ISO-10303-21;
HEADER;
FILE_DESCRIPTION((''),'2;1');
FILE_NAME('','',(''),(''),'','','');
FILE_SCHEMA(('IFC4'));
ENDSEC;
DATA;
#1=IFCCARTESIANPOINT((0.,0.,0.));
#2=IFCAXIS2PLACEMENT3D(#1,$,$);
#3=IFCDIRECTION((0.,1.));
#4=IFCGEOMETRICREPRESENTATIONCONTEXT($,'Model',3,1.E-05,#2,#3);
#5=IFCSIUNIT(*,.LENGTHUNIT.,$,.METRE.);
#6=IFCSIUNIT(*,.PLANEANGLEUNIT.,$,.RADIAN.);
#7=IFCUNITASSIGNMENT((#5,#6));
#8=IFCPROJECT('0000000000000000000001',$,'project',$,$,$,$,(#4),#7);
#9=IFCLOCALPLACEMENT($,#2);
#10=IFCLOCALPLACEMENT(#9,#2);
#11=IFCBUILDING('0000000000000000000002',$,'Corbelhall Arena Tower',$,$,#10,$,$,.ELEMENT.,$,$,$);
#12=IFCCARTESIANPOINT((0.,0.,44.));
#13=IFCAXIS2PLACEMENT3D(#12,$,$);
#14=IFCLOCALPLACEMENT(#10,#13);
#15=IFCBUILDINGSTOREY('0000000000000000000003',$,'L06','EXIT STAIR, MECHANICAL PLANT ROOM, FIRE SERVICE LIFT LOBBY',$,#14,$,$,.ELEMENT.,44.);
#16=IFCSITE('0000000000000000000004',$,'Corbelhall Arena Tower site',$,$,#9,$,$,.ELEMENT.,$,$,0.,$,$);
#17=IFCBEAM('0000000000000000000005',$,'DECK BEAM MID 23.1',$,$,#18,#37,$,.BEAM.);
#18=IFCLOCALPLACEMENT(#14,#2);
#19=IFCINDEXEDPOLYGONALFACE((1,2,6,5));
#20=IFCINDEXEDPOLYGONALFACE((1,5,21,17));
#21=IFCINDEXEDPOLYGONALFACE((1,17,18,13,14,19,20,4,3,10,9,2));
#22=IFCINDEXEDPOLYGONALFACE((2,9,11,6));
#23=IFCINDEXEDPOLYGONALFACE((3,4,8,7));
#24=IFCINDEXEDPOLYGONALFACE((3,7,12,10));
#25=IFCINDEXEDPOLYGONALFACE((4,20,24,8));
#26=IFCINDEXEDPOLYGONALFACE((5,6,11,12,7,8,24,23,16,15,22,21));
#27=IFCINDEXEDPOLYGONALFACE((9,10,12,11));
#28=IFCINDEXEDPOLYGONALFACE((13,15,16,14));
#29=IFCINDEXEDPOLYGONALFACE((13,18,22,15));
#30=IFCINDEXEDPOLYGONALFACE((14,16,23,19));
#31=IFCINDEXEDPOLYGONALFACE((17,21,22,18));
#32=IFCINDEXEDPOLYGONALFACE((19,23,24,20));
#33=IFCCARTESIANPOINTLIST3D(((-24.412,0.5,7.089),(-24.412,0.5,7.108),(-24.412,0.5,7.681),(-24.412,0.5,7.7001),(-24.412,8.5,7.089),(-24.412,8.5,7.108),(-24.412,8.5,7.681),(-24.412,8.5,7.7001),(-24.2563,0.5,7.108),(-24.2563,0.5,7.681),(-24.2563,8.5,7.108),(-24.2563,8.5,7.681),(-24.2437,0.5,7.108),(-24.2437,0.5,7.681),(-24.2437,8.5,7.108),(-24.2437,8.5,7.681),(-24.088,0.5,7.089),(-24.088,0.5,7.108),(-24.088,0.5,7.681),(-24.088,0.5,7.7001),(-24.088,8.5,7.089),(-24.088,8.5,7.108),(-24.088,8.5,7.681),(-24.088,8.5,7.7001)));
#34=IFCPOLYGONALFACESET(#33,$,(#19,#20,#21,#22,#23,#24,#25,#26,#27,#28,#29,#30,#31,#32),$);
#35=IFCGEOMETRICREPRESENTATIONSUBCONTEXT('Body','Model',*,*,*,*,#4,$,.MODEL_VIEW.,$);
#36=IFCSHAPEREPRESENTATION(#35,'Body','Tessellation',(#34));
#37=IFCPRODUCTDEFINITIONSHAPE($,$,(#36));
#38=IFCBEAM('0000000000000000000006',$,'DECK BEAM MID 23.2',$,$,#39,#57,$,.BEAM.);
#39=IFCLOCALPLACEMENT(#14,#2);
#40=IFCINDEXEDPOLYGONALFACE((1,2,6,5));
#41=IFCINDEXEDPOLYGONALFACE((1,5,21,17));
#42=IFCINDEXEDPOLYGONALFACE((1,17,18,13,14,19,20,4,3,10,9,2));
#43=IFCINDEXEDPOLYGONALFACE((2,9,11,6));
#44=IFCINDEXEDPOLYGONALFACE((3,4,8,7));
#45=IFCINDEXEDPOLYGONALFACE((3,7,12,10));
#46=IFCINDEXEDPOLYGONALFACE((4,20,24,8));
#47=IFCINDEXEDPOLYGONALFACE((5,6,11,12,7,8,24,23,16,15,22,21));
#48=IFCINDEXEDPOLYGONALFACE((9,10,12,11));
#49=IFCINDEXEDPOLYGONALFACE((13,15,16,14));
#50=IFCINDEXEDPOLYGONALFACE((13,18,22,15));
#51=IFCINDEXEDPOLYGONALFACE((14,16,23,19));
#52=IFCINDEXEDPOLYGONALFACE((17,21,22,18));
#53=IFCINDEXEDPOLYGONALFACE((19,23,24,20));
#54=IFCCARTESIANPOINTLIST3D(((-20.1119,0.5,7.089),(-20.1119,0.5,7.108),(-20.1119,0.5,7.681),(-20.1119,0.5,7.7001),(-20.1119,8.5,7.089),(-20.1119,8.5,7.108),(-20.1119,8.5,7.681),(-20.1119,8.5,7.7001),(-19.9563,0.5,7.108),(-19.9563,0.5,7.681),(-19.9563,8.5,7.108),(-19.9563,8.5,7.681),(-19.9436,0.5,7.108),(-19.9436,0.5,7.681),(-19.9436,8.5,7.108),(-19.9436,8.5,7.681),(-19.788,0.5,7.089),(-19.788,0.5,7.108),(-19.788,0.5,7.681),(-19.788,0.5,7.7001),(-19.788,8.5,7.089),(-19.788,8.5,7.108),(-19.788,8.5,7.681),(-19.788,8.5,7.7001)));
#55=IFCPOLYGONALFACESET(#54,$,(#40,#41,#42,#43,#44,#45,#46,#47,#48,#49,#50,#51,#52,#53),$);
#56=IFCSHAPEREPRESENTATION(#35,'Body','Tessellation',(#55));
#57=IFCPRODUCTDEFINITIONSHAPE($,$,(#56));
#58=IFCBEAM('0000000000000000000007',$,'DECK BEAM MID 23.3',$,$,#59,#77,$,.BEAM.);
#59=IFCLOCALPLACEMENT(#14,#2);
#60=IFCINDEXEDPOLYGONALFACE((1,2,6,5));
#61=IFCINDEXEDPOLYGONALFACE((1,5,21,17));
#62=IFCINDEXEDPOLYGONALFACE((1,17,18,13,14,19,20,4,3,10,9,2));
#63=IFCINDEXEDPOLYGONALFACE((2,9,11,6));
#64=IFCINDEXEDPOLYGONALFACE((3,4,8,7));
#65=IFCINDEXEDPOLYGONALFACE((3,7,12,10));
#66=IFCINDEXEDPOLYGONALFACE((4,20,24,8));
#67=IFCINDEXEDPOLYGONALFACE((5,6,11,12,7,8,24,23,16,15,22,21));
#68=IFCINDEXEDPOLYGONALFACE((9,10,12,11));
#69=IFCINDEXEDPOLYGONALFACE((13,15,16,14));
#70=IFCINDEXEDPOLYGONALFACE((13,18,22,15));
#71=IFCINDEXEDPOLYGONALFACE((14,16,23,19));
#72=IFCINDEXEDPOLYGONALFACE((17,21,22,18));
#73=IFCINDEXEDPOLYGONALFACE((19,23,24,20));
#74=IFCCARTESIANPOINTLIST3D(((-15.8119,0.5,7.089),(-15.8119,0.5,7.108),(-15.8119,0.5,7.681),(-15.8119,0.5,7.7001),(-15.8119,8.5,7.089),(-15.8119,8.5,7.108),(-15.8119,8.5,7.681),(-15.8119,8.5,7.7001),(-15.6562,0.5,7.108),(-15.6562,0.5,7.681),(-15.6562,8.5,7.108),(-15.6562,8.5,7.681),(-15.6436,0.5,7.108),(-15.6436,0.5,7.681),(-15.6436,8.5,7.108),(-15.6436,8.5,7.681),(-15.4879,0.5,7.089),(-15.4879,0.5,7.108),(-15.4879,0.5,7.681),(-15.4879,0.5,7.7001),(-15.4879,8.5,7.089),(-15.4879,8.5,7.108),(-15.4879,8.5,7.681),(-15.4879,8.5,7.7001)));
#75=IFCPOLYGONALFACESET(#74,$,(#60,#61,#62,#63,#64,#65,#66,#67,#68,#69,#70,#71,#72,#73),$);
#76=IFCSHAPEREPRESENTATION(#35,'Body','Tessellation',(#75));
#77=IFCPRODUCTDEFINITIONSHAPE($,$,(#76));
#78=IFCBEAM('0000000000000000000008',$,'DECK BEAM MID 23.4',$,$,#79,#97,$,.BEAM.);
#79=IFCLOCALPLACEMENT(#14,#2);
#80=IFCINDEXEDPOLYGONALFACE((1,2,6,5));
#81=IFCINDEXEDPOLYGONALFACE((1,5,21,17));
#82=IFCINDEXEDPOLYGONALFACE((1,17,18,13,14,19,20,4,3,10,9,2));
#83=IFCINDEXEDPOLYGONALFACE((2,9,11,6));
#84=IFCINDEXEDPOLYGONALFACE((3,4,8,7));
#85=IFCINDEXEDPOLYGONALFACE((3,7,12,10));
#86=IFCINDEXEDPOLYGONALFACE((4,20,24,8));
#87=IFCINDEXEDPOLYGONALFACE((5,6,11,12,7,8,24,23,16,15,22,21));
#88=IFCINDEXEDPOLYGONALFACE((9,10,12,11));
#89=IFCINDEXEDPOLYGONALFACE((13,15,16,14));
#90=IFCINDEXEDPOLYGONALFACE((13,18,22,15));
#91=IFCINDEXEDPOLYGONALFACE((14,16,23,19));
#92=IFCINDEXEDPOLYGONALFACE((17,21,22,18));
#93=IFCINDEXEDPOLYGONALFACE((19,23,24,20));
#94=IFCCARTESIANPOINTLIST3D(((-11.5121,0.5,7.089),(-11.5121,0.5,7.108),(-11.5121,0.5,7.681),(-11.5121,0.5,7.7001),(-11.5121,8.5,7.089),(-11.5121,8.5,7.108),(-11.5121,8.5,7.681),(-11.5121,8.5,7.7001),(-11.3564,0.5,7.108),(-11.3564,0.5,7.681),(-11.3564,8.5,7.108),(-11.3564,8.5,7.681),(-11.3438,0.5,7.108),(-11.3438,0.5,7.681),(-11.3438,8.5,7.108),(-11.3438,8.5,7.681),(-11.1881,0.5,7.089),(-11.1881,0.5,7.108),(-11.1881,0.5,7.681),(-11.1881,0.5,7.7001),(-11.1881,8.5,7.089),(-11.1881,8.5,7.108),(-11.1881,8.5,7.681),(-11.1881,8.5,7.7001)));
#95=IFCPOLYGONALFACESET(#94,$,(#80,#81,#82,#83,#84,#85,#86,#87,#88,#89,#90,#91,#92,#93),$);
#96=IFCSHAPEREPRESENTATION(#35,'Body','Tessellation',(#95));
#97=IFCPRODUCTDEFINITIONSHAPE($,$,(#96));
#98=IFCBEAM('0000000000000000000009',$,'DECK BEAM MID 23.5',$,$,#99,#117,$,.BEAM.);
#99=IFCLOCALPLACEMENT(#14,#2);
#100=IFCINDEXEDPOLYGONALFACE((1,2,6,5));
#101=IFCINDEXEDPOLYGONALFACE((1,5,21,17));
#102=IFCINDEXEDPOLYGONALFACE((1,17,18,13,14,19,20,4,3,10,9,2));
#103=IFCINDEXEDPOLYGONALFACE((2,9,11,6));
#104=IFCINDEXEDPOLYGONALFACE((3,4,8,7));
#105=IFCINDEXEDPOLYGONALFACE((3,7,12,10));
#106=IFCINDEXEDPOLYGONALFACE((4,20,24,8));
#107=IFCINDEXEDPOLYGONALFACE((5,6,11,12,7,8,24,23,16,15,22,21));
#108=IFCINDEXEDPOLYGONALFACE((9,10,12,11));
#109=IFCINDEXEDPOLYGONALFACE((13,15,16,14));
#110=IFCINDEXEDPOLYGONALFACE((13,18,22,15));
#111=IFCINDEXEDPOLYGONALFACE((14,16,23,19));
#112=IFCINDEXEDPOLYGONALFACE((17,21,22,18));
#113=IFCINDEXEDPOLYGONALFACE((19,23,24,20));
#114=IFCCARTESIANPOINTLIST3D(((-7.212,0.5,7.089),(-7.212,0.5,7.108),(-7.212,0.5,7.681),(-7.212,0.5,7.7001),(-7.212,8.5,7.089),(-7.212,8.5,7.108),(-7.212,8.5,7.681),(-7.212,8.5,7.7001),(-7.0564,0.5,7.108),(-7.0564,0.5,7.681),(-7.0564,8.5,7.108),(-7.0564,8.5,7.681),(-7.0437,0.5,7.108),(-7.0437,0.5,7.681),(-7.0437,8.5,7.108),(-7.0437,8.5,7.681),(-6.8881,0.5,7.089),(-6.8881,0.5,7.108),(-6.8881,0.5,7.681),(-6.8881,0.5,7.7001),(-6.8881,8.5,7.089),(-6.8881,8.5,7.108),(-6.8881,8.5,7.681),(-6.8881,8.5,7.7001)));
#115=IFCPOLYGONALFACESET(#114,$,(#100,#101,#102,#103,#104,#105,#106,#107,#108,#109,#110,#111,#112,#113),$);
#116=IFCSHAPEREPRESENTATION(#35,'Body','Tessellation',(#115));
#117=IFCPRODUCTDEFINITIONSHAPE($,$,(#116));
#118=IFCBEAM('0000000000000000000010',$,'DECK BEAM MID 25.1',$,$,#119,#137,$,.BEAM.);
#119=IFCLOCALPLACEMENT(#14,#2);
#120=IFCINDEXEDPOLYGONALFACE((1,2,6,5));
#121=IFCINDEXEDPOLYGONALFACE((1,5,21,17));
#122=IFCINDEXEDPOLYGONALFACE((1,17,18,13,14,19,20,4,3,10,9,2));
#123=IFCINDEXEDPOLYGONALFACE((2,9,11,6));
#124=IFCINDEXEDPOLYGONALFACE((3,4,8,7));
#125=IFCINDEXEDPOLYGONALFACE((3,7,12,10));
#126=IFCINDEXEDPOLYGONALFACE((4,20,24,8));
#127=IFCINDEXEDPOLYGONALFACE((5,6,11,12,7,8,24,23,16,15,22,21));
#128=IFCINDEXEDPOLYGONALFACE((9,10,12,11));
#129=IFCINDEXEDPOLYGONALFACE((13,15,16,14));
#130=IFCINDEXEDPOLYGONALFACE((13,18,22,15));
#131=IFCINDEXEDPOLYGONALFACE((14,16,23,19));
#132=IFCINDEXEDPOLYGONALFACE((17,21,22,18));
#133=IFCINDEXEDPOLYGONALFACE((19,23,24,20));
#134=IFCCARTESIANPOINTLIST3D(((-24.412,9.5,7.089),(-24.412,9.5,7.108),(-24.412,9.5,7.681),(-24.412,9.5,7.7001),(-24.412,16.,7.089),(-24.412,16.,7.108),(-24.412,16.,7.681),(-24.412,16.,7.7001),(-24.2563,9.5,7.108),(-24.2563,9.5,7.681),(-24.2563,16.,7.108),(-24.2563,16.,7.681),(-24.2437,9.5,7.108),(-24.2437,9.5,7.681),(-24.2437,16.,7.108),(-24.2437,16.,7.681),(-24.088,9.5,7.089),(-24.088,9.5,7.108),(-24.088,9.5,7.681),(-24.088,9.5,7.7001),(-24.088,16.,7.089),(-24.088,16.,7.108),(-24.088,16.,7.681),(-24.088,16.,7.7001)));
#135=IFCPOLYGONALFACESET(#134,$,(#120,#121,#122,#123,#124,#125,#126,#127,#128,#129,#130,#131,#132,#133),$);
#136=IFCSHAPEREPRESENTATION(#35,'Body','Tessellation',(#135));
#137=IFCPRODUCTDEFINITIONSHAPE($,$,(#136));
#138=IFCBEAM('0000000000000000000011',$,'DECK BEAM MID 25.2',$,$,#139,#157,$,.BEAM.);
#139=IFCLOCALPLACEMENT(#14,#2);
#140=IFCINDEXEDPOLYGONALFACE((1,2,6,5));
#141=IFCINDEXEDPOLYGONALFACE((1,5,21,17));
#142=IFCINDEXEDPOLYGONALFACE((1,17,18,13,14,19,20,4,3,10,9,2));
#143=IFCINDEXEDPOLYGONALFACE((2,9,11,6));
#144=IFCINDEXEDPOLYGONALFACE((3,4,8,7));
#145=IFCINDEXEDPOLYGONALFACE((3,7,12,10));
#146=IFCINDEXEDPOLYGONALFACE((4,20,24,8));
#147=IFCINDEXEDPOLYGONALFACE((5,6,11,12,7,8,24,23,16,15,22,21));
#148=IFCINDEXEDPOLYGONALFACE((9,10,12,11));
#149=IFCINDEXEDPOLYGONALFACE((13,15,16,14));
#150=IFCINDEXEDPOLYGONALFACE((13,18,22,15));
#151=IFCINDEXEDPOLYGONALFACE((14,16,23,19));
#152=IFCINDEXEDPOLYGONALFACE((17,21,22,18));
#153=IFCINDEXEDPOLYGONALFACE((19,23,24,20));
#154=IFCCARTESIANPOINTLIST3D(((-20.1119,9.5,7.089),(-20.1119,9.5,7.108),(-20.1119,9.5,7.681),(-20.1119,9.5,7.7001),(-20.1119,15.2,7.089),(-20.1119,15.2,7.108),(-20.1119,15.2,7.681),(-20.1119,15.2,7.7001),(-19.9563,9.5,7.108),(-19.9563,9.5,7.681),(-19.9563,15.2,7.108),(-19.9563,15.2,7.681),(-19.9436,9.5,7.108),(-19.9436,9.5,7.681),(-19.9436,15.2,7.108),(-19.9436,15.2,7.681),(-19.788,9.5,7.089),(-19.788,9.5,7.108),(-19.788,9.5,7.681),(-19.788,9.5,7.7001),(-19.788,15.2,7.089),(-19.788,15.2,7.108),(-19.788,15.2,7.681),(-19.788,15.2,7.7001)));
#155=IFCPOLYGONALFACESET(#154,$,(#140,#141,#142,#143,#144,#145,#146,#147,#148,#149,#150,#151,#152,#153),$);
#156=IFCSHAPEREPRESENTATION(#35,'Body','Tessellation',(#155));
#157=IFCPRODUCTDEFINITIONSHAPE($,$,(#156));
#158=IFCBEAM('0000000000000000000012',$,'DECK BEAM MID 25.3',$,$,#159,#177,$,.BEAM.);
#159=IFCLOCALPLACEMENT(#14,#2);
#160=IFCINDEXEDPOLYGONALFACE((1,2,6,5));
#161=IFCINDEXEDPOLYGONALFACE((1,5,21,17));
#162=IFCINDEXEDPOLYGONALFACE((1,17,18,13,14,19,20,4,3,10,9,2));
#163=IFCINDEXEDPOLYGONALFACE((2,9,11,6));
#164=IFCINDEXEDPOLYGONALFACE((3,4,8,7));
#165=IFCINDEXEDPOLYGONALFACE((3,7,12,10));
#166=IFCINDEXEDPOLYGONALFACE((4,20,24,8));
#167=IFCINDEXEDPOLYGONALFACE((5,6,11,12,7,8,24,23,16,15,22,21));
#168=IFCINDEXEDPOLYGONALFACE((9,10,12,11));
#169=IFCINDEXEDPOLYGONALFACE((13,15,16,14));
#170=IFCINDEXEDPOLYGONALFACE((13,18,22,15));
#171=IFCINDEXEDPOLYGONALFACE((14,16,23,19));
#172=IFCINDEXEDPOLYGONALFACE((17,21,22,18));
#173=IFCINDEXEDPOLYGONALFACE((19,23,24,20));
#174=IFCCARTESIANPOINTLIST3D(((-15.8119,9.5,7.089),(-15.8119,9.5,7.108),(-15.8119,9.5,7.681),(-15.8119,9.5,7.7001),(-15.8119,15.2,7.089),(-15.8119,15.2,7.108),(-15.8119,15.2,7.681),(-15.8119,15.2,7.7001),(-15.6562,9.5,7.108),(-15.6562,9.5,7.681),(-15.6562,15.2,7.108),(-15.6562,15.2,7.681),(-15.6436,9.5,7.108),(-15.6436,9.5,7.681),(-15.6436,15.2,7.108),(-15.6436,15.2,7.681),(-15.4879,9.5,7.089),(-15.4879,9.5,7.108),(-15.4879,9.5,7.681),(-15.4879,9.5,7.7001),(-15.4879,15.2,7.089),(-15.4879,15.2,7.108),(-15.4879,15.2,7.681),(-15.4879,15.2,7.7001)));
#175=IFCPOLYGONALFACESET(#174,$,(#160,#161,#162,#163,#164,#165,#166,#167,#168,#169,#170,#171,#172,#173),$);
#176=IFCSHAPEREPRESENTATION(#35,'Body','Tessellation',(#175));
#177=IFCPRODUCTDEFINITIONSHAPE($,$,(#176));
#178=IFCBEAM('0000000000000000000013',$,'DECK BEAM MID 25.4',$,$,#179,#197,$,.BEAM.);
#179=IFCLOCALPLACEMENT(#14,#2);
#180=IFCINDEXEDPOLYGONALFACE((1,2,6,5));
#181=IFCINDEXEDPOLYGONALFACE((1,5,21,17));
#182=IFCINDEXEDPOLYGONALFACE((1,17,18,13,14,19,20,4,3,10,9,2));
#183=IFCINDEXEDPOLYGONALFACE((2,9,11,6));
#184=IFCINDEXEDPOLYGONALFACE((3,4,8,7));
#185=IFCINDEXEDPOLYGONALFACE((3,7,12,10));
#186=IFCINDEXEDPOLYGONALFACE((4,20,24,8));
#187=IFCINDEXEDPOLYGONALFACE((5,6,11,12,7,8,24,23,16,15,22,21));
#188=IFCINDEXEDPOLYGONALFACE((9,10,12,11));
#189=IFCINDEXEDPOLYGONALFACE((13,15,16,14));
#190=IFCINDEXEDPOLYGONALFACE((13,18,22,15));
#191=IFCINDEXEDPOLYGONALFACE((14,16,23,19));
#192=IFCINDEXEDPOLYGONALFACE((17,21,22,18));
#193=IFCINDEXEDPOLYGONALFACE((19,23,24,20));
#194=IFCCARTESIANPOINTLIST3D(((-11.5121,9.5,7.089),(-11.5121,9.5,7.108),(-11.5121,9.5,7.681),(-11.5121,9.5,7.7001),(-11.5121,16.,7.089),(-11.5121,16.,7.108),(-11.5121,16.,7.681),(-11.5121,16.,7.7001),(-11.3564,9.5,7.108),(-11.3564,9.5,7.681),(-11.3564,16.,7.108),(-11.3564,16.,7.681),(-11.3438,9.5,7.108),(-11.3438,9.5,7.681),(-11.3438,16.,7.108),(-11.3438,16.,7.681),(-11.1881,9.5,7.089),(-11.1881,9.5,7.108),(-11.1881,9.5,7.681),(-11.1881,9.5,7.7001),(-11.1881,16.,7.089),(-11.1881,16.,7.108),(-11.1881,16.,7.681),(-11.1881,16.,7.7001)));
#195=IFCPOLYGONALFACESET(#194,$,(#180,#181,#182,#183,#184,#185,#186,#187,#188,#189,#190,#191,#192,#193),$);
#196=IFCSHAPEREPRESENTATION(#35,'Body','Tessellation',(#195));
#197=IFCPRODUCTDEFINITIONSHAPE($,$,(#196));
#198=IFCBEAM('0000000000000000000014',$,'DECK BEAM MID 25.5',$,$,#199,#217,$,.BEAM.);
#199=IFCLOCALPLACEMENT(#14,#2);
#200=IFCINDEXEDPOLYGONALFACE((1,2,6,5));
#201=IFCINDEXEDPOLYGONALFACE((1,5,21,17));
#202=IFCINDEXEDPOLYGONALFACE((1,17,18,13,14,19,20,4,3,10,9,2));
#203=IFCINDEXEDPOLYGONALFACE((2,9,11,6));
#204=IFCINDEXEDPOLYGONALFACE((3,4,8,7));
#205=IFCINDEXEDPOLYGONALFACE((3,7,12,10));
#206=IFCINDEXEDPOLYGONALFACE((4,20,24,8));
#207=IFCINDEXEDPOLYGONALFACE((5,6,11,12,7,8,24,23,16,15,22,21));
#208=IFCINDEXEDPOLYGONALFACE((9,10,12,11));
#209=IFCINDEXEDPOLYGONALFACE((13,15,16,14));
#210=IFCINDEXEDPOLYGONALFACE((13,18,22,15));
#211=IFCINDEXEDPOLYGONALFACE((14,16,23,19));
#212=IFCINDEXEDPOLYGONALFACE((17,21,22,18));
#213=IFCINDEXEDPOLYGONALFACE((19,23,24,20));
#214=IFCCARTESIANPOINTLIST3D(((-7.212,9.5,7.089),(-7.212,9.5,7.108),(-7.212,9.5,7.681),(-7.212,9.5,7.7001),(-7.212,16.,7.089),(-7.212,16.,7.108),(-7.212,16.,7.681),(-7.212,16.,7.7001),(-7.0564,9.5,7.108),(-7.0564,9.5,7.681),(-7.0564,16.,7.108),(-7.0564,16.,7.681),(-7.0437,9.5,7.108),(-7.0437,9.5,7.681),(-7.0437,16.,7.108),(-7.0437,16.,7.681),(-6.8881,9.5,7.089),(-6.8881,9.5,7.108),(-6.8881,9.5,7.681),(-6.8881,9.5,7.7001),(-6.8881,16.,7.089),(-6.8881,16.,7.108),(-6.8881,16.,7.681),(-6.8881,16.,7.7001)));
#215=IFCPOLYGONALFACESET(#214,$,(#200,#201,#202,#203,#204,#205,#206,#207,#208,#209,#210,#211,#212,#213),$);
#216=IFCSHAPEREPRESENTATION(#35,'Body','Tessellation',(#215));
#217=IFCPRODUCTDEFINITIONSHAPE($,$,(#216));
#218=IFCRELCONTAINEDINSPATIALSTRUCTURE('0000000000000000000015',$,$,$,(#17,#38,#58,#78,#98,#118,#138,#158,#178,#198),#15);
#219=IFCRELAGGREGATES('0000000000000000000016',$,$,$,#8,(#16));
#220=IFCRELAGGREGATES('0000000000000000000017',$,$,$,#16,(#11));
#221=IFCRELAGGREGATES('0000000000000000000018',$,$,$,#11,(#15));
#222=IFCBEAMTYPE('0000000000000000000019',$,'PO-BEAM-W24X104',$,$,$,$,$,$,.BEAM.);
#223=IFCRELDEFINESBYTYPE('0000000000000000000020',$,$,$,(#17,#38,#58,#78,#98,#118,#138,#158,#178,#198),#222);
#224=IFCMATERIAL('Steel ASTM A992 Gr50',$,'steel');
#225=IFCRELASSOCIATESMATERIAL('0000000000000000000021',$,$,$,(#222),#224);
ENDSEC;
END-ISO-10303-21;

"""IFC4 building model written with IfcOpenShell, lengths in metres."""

from ifc_helpers import new_model, si_unit, direction, frame, origin, origin_2d, place, context, subcontext, project, spatial, i_section, extrude, material, material_profile, profile_set, type_object, element, save


model = new_model("IFC4")

# Units and contexts
model_context = context("Model", 3, precision=1e-05, world=origin(), true_north=direction((0.0, 1.0)))
body_context = subcontext(model_context, "Body", "Model", "MODEL_VIEW")
ifc_project = project(units=[si_unit("LENGTHUNIT", "METRE"), si_unit("PLANEANGLEUNIT", "RADIAN")], contexts=[model_context])

# Site, building, storey
site_placement = place(None, origin())
site = spatial("IfcSite", under=ifc_project, at=site_placement, Name="Corbelhall Arena Tower site", CompositionType="ELEMENT", RefElevation=0.0)
building_placement = place(site_placement, origin())
building = spatial("IfcBuilding", under=site, at=building_placement, Name="Corbelhall Arena Tower", CompositionType="ELEMENT")
storey_placement = place(building_placement, frame((0.0, 0.0, 44.0)))
storey = spatial("IfcBuildingStorey", under=building, at=storey_placement, Name="L06", Description="EXIT STAIR, MECHANICAL PLANT ROOM, FIRE SERVICE LIFT LOBBY", CompositionType="ELEMENT", Elevation=44.0)

# Beams
ifc_material_1 = material(Name="Steel ASTM A992 Gr50", Category="steel")
ifc_material_profile_1 = material_profile(ifc_material_1, i_section(OverallWidth=0.324, OverallDepth=0.6111, WebThickness=0.0127, FlangeThickness=0.019, at=origin_2d()))
ifc_profile_set_1 = profile_set([ifc_material_profile_1], Name="Steel ASTM A992 Gr50")
beam_type = type_object("IfcBeamType", Name="PO-BEAM-W24X104", PredefinedType="BEAM", material=ifc_profile_set_1)
for number, where, z_axis, x_axis, name in (
    (1, (-24.25, 0.5, 7.3945), (0.0, 1.0, 0.0), (-1.0, 0.0, 0.0), "DECK BEAM MID 23.1"),
    (2, (-19.95, 0.5, 7.3945), (0.0, 1.0, 0.0), (-1.0, 0.0, 0.0), "DECK BEAM MID 23.2"),
    (3, (-15.6499, 0.5, 7.3945), (0.0, 1.0, 0.0), (-1.0, 0.0, 0.0), "DECK BEAM MID 23.3"),
    (4, (-11.3501, 0.5, 7.3945), (0.0, 1.0, 0.0), (-1.0, 0.0, 0.0), "DECK BEAM MID 23.4"),
    (5, (-7.05, 0.5, 7.3945), (0.0, 1.0, 0.0), (-1.0, 0.0, 0.0), "DECK BEAM MID 23.5"),
):
    element("IfcBeam", number, at=place(storey_placement, frame(where, z_axis=z_axis, x_axis=x_axis)), inside=storey, type_object=beam_type, Name=name, PredefinedType="BEAM", context=body_context, shape_type="SweptSolid", body=[
        extrude(i_section(OverallWidth=0.324, OverallDepth=0.6111, WebThickness=0.0127, FlangeThickness=0.019, at=origin_2d()), origin(), (0.0, 0.0, 1.0), 8.0),
    ])
beam_placement = place(storey_placement, frame((-24.25, 9.5, 7.3945), z_axis=(0.0, 1.0, 0.0), x_axis=(-1.0, 0.0, 0.0)))
element("IfcBeam", 6, at=beam_placement, inside=storey, type_object=beam_type, Name="DECK BEAM MID 25.1", PredefinedType="BEAM", context=body_context, shape_type="SweptSolid", body=[
    extrude(i_section(OverallWidth=0.324, OverallDepth=0.6111, WebThickness=0.0127, FlangeThickness=0.019, at=origin_2d()), origin(), (0.0, 0.0, 1.0), 6.5),
])
for number, where, z_axis, x_axis, name in (
    (7, (-19.95, 9.5, 7.3945), (0.0, 1.0, 0.0), (-1.0, 0.0, 0.0), "DECK BEAM MID 25.2"),
    (8, (-15.6499, 9.5, 7.3945), (0.0, 1.0, 0.0), (-1.0, 0.0, 0.0), "DECK BEAM MID 25.3"),
):
    element("IfcBeam", number, at=place(storey_placement, frame(where, z_axis=z_axis, x_axis=x_axis)), inside=storey, type_object=beam_type, Name=name, PredefinedType="BEAM", context=body_context, shape_type="SweptSolid", body=[
        extrude(i_section(OverallWidth=0.324, OverallDepth=0.6111, WebThickness=0.0127, FlangeThickness=0.019, at=origin_2d()), origin(), (0.0, 0.0, 1.0), 5.7),
    ])
for number, where, z_axis, x_axis, name in (
    (9, (-11.3501, 9.5, 7.3945), (0.0, 1.0, 0.0), (-1.0, 0.0, 0.0), "DECK BEAM MID 25.4"),
    (10, (-7.05, 9.5, 7.3945), (0.0, 1.0, 0.0), (-1.0, 0.0, 0.0), "DECK BEAM MID 25.5"),
):
    element("IfcBeam", number, at=place(storey_placement, frame(where, z_axis=z_axis, x_axis=x_axis)), inside=storey, type_object=beam_type, Name=name, PredefinedType="BEAM", context=body_context, shape_type="SweptSolid", body=[
        extrude(i_section(OverallWidth=0.324, OverallDepth=0.6111, WebThickness=0.0127, FlangeThickness=0.019, at=origin_2d()), origin(), (0.0, 0.0, 1.0), 6.5),
    ])

save(model, "model.ifc")
